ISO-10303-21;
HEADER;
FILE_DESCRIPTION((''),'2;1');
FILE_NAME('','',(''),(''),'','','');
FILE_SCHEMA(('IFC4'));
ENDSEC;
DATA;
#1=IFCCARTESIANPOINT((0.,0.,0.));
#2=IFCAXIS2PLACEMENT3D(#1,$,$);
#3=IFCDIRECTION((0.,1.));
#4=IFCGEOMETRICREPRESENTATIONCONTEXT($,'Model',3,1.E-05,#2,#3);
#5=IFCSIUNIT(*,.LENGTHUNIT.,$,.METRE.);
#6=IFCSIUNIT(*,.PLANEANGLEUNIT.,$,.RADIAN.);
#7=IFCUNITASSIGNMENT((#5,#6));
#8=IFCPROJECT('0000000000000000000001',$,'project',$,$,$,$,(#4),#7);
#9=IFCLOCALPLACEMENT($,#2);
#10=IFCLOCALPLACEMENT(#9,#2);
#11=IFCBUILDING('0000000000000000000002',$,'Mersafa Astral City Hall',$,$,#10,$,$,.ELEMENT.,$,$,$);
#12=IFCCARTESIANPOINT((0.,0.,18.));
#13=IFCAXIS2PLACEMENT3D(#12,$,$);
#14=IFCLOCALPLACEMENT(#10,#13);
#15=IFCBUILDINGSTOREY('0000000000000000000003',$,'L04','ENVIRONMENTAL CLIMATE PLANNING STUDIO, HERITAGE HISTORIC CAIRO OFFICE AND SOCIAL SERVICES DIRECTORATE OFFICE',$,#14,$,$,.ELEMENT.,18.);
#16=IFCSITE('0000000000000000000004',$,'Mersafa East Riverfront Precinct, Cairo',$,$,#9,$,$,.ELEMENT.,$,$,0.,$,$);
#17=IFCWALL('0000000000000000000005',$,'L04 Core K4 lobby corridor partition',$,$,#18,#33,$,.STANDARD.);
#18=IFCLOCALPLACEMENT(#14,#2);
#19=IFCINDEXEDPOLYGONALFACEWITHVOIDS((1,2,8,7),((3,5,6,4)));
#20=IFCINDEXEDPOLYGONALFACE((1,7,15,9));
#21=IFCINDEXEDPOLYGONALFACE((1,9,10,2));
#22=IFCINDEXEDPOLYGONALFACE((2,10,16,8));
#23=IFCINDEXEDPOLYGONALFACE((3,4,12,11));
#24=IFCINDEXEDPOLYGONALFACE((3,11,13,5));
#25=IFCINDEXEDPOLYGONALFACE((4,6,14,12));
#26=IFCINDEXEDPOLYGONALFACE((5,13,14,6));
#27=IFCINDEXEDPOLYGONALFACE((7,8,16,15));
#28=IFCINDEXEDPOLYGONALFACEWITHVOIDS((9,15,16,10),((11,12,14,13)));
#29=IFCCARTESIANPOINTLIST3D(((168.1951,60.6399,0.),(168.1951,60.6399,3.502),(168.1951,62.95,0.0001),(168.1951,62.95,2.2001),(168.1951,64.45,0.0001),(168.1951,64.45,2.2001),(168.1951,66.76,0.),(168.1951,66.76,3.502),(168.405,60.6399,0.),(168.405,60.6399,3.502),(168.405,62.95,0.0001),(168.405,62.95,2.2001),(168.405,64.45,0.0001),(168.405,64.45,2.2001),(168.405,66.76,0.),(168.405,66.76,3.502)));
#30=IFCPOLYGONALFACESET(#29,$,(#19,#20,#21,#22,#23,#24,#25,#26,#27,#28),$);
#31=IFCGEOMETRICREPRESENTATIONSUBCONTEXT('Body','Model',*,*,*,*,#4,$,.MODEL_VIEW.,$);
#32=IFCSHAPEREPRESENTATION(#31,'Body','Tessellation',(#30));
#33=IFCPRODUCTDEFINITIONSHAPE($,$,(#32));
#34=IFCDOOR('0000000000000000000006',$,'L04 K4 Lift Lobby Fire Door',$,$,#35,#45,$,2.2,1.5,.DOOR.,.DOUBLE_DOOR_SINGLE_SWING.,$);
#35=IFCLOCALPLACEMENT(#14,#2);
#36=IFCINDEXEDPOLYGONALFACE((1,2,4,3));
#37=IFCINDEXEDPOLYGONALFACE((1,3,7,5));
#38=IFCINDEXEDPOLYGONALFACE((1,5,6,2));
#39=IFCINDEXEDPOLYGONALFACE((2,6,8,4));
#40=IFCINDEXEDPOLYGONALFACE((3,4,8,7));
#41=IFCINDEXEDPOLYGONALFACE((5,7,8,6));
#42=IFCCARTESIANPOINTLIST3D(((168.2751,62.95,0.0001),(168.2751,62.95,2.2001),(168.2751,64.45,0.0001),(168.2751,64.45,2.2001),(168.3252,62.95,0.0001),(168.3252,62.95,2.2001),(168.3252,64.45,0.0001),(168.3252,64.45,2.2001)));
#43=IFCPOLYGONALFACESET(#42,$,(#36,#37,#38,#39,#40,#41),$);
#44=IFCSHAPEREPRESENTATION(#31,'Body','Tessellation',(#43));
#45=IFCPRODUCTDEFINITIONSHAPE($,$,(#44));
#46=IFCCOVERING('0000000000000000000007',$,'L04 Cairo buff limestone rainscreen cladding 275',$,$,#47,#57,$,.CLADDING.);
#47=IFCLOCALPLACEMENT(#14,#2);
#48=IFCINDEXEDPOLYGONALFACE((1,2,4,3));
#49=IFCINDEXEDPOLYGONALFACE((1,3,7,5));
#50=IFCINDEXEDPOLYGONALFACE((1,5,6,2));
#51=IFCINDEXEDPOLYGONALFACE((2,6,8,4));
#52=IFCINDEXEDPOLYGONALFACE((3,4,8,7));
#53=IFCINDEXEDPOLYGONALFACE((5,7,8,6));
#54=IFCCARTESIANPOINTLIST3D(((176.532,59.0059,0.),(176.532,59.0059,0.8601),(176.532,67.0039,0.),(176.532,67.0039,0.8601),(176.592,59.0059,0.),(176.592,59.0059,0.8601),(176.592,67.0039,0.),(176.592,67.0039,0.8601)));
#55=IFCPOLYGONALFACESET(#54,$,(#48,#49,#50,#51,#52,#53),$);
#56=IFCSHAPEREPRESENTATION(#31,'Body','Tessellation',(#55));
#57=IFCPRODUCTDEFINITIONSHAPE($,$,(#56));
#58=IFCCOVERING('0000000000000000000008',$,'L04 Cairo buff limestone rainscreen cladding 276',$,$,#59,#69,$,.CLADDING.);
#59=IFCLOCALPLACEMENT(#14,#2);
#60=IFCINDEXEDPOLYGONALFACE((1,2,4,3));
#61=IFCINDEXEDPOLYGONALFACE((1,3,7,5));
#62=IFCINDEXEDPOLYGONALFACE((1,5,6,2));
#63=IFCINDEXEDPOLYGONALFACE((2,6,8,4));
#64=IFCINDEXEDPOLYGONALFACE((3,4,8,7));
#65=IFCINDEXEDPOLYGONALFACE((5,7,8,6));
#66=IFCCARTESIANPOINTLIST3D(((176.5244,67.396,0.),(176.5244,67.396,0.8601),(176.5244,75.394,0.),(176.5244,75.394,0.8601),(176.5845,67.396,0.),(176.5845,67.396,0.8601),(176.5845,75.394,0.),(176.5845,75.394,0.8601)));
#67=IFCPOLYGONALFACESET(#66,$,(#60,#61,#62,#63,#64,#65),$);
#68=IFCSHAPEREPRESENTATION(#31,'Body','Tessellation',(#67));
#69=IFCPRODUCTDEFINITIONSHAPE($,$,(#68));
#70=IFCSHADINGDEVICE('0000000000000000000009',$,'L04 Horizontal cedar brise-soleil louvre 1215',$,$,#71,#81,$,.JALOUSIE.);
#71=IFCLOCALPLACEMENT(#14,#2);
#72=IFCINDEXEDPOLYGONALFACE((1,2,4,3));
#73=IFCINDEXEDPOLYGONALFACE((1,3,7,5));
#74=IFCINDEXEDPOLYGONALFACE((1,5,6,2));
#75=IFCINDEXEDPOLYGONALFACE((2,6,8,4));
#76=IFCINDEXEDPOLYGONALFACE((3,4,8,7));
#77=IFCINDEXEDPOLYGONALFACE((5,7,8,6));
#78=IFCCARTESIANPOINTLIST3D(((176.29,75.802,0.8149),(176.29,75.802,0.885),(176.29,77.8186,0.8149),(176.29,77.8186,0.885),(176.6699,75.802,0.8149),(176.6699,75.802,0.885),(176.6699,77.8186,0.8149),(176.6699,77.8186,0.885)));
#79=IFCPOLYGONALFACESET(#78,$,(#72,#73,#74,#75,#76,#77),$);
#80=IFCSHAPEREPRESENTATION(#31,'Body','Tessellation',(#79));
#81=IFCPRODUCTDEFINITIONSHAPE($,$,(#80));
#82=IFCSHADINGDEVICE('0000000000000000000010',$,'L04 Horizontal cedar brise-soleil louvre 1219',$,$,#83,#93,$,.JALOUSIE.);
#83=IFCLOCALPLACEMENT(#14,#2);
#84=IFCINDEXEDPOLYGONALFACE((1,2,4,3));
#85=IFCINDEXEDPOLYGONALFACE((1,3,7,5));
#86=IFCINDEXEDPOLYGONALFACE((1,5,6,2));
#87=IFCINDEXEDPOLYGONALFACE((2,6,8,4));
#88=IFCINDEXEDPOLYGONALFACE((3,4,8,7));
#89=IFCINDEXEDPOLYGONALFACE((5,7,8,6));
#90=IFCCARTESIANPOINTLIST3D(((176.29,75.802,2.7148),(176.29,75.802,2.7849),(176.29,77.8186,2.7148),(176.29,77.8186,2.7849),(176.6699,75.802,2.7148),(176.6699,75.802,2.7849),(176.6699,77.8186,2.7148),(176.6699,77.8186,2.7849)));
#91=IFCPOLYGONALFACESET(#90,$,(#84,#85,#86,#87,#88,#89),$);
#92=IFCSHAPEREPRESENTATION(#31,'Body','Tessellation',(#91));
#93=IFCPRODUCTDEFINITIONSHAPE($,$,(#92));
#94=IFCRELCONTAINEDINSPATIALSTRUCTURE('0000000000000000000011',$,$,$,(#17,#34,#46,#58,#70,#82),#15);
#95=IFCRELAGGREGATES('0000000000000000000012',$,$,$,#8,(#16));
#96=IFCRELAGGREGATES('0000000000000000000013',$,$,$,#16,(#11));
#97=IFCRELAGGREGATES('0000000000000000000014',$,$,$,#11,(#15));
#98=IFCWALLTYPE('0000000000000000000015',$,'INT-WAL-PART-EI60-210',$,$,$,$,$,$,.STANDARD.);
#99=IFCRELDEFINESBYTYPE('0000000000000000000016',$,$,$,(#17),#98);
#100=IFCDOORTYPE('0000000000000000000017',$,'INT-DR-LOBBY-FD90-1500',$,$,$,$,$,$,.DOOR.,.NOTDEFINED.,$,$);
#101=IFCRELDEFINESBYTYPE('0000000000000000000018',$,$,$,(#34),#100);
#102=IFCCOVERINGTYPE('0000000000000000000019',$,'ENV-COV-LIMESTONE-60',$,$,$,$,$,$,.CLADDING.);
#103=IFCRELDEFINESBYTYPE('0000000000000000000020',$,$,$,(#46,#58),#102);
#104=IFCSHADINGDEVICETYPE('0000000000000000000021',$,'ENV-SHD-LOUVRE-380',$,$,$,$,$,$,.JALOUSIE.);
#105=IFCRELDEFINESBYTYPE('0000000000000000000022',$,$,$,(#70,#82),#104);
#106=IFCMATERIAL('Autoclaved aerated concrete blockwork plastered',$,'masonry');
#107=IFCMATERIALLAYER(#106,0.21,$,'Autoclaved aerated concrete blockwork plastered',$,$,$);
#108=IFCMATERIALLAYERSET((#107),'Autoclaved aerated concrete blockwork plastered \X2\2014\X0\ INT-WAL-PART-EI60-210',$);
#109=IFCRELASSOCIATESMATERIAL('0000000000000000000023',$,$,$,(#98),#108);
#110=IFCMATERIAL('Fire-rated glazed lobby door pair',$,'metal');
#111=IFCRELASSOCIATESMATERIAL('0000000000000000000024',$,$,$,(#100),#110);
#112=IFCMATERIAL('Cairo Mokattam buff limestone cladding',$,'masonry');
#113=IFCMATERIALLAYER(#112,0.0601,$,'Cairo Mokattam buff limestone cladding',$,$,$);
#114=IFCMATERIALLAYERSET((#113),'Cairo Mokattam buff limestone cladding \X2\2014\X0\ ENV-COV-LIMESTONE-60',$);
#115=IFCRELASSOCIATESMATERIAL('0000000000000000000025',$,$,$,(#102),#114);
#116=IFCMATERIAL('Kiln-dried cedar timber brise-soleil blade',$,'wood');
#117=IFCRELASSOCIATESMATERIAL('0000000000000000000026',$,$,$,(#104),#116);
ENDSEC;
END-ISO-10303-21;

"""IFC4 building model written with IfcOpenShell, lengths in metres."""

from ifc_helpers import new_model, si_unit, direction, frame, frame_2d, origin, origin_2d, place, context, subcontext, project, spatial, rectangle, extrude, material, layer, layer_set, type_object, element, fill, save


model = new_model("IFC4")

# Units and contexts
model_context = context("Model", 3, precision=1e-05, world=origin(), true_north=direction((0.0, 1.0)))
body_context = subcontext(model_context, "Body", "Model", "MODEL_VIEW")
ifc_project = project(units=[si_unit("LENGTHUNIT", "METRE"), si_unit("PLANEANGLEUNIT", "RADIAN")], contexts=[model_context])

# Site, building, storey
site_placement = place(None, origin())
site = spatial("IfcSite", under=ifc_project, at=site_placement, Name="Mersafa East Riverfront Precinct, Cairo", CompositionType="ELEMENT", RefElevation=0.0)
building_placement = place(site_placement, origin())
building = spatial("IfcBuilding", under=site, at=building_placement, Name="Mersafa Astral City Hall", CompositionType="ELEMENT")
storey_placement = place(building_placement, frame((0.0, 0.0, 18.0)))
storey = spatial("IfcBuildingStorey", under=building, at=storey_placement, Name="L04", Description="ENVIRONMENTAL CLIMATE PLANNING STUDIO, HERITAGE HISTORIC CAIRO OFFICE AND SOCIAL SERVICES DIRECTORATE OFFICE", CompositionType="ELEMENT", Elevation=18.0)

# Wall, opening, door
ifc_material_1 = material(Name="Autoclaved aerated concrete blockwork plastered", Category="masonry")
ifc_layer_1 = layer(ifc_material_1, 0.21, Name="Autoclaved aerated concrete blockwork plastered")
ifc_layer_set_1 = layer_set([ifc_layer_1], Name="Autoclaved aerated concrete blockwork plastered — INT-WAL-PART-EI60-210")
wall_type_1 = type_object("IfcWallType", Name="INT-WAL-PART-EI60-210", PredefinedType="STANDARD", material=ifc_layer_set_1)
wall_1_placement = place(storey_placement, frame((168.3, 60.6399, 0.0), z_axis=(0.0, 0.0, 1.0), x_axis=(0.0, 1.0, 0.0)))
wall_1 = element("IfcWall", 1, at=wall_1_placement, inside=storey, type_object=wall_type_1, Name="L04 Core K4 lobby corridor partition", PredefinedType="STANDARD", context=body_context, shape_type="SweptSolid", body=[
    extrude(rectangle(XDim=6.1201, YDim=0.21, at=frame_2d((3.0601, 0.0))), origin(), (0.0, 0.0, 1.0), 3.502),
])
opening_1_placement = place(wall_1_placement, frame((2.3101, 0.0, 0.0)))
opening_1 = element("IfcOpeningElement", 2, at=opening_1_placement, cuts=wall_1, PredefinedType="OPENING", context=body_context, shape_type="SweptSolid", body=[
    extrude(rectangle(XDim=1.5, YDim=2.2, at=frame_2d((0.75, 1.1001))), frame((0.0, 0.115, 0.0), z_axis=(0.0, -1.0, 0.0), x_axis=(1.0, 0.0, 0.0)), (0.0, 0.0, 1.0), 0.23),
])
ifc_material_2 = material(Name="Fire-rated glazed lobby door pair", Category="metal")
door_type_1 = type_object("IfcDoorType", Name="INT-DR-LOBBY-FD90-1500", OperationType="NOTDEFINED", PredefinedType="DOOR", material=ifc_material_2)
door_1_placement = place(opening_1_placement, origin())
door_1 = element("IfcDoor", 3, at=door_1_placement, inside=storey, type_object=door_type_1, Name="L04 K4 Lift Lobby Fire Door", OperationType="DOUBLE_DOOR_SINGLE_SWING", OverallHeight=2.2, OverallWidth=1.5, PredefinedType="DOOR", context=body_context, shape_type="SweptSolid", body=[
    extrude(rectangle(XDim=1.5, YDim=2.2, at=frame_2d((0.75, 1.1001))), frame((0.0, 0.0249, 0.0), z_axis=(0.0, -1.0, 0.0), x_axis=(1.0, 0.0, 0.0)), (0.0, 0.0, 1.0), 0.05),
])
fill(opening_1, door_1)

# Coverings
ifc_material_3 = material(Name="Cairo Mokattam buff limestone cladding", Category="masonry")
ifc_layer_2 = layer(ifc_material_3, 0.0601, Name="Cairo Mokattam buff limestone cladding")
ifc_layer_set_2 = layer_set([ifc_layer_2], Name="Cairo Mokattam buff limestone cladding — ENV-COV-LIMESTONE-60")
covering_type = type_object("IfcCoveringType", Name="ENV-COV-LIMESTONE-60", PredefinedType="CLADDING", material=ifc_layer_set_2)
for number, where, z_axis, x_axis, name in (
    (4, (176.562, 63.0049, 0.0), (0.0, 0.0, 1.0), (0.0, 1.0, 0.0), "L04 Cairo buff limestone rainscreen cladding 275"),
    (5, (176.5544, 71.395, 0.0), (0.0, 0.0, 1.0), (0.0, 1.0, 0.0), "L04 Cairo buff limestone rainscreen cladding 276"),
):
    element("IfcCovering", number, at=place(storey_placement, frame(where, z_axis=z_axis, x_axis=x_axis)), inside=storey, type_object=covering_type, Name=name, PredefinedType="CLADDING", context=body_context, shape_type="SweptSolid", body=[
        extrude(rectangle(XDim=7.998, YDim=0.0601, at=origin_2d()), origin(), (0.0, 0.0, 1.0), 0.8601),
    ])

# Shading devices
ifc_material_4 = material(Name="Kiln-dried cedar timber brise-soleil blade", Category="wood")
shading_device_type = type_object("IfcShadingDeviceType", Name="ENV-SHD-LOUVRE-380", PredefinedType="JALOUSIE", material=ifc_material_4)
for number, where, z_axis, x_axis, name in (
    (6, (176.48, 76.8103, 0.8149), (0.0, 0.0, 1.0), (0.0, 1.0, 0.0), "L04 Horizontal cedar brise-soleil louvre 1215"),
    (7, (176.48, 76.8103, 2.7148), (0.0, 0.0, 1.0), (0.0, 1.0, 0.0), "L04 Horizontal cedar brise-soleil louvre 1219"),
):
    element("IfcShadingDevice", number, at=place(storey_placement, frame(where, z_axis=z_axis, x_axis=x_axis)), inside=storey, type_object=shading_device_type, Name=name, PredefinedType="JALOUSIE", context=body_context, shape_type="SweptSolid", body=[
        extrude(rectangle(XDim=2.0166, YDim=0.3799, at=origin_2d()), origin(), (0.0, 0.0, 1.0), 0.0701),
    ])

save(model, "model.ifc")
